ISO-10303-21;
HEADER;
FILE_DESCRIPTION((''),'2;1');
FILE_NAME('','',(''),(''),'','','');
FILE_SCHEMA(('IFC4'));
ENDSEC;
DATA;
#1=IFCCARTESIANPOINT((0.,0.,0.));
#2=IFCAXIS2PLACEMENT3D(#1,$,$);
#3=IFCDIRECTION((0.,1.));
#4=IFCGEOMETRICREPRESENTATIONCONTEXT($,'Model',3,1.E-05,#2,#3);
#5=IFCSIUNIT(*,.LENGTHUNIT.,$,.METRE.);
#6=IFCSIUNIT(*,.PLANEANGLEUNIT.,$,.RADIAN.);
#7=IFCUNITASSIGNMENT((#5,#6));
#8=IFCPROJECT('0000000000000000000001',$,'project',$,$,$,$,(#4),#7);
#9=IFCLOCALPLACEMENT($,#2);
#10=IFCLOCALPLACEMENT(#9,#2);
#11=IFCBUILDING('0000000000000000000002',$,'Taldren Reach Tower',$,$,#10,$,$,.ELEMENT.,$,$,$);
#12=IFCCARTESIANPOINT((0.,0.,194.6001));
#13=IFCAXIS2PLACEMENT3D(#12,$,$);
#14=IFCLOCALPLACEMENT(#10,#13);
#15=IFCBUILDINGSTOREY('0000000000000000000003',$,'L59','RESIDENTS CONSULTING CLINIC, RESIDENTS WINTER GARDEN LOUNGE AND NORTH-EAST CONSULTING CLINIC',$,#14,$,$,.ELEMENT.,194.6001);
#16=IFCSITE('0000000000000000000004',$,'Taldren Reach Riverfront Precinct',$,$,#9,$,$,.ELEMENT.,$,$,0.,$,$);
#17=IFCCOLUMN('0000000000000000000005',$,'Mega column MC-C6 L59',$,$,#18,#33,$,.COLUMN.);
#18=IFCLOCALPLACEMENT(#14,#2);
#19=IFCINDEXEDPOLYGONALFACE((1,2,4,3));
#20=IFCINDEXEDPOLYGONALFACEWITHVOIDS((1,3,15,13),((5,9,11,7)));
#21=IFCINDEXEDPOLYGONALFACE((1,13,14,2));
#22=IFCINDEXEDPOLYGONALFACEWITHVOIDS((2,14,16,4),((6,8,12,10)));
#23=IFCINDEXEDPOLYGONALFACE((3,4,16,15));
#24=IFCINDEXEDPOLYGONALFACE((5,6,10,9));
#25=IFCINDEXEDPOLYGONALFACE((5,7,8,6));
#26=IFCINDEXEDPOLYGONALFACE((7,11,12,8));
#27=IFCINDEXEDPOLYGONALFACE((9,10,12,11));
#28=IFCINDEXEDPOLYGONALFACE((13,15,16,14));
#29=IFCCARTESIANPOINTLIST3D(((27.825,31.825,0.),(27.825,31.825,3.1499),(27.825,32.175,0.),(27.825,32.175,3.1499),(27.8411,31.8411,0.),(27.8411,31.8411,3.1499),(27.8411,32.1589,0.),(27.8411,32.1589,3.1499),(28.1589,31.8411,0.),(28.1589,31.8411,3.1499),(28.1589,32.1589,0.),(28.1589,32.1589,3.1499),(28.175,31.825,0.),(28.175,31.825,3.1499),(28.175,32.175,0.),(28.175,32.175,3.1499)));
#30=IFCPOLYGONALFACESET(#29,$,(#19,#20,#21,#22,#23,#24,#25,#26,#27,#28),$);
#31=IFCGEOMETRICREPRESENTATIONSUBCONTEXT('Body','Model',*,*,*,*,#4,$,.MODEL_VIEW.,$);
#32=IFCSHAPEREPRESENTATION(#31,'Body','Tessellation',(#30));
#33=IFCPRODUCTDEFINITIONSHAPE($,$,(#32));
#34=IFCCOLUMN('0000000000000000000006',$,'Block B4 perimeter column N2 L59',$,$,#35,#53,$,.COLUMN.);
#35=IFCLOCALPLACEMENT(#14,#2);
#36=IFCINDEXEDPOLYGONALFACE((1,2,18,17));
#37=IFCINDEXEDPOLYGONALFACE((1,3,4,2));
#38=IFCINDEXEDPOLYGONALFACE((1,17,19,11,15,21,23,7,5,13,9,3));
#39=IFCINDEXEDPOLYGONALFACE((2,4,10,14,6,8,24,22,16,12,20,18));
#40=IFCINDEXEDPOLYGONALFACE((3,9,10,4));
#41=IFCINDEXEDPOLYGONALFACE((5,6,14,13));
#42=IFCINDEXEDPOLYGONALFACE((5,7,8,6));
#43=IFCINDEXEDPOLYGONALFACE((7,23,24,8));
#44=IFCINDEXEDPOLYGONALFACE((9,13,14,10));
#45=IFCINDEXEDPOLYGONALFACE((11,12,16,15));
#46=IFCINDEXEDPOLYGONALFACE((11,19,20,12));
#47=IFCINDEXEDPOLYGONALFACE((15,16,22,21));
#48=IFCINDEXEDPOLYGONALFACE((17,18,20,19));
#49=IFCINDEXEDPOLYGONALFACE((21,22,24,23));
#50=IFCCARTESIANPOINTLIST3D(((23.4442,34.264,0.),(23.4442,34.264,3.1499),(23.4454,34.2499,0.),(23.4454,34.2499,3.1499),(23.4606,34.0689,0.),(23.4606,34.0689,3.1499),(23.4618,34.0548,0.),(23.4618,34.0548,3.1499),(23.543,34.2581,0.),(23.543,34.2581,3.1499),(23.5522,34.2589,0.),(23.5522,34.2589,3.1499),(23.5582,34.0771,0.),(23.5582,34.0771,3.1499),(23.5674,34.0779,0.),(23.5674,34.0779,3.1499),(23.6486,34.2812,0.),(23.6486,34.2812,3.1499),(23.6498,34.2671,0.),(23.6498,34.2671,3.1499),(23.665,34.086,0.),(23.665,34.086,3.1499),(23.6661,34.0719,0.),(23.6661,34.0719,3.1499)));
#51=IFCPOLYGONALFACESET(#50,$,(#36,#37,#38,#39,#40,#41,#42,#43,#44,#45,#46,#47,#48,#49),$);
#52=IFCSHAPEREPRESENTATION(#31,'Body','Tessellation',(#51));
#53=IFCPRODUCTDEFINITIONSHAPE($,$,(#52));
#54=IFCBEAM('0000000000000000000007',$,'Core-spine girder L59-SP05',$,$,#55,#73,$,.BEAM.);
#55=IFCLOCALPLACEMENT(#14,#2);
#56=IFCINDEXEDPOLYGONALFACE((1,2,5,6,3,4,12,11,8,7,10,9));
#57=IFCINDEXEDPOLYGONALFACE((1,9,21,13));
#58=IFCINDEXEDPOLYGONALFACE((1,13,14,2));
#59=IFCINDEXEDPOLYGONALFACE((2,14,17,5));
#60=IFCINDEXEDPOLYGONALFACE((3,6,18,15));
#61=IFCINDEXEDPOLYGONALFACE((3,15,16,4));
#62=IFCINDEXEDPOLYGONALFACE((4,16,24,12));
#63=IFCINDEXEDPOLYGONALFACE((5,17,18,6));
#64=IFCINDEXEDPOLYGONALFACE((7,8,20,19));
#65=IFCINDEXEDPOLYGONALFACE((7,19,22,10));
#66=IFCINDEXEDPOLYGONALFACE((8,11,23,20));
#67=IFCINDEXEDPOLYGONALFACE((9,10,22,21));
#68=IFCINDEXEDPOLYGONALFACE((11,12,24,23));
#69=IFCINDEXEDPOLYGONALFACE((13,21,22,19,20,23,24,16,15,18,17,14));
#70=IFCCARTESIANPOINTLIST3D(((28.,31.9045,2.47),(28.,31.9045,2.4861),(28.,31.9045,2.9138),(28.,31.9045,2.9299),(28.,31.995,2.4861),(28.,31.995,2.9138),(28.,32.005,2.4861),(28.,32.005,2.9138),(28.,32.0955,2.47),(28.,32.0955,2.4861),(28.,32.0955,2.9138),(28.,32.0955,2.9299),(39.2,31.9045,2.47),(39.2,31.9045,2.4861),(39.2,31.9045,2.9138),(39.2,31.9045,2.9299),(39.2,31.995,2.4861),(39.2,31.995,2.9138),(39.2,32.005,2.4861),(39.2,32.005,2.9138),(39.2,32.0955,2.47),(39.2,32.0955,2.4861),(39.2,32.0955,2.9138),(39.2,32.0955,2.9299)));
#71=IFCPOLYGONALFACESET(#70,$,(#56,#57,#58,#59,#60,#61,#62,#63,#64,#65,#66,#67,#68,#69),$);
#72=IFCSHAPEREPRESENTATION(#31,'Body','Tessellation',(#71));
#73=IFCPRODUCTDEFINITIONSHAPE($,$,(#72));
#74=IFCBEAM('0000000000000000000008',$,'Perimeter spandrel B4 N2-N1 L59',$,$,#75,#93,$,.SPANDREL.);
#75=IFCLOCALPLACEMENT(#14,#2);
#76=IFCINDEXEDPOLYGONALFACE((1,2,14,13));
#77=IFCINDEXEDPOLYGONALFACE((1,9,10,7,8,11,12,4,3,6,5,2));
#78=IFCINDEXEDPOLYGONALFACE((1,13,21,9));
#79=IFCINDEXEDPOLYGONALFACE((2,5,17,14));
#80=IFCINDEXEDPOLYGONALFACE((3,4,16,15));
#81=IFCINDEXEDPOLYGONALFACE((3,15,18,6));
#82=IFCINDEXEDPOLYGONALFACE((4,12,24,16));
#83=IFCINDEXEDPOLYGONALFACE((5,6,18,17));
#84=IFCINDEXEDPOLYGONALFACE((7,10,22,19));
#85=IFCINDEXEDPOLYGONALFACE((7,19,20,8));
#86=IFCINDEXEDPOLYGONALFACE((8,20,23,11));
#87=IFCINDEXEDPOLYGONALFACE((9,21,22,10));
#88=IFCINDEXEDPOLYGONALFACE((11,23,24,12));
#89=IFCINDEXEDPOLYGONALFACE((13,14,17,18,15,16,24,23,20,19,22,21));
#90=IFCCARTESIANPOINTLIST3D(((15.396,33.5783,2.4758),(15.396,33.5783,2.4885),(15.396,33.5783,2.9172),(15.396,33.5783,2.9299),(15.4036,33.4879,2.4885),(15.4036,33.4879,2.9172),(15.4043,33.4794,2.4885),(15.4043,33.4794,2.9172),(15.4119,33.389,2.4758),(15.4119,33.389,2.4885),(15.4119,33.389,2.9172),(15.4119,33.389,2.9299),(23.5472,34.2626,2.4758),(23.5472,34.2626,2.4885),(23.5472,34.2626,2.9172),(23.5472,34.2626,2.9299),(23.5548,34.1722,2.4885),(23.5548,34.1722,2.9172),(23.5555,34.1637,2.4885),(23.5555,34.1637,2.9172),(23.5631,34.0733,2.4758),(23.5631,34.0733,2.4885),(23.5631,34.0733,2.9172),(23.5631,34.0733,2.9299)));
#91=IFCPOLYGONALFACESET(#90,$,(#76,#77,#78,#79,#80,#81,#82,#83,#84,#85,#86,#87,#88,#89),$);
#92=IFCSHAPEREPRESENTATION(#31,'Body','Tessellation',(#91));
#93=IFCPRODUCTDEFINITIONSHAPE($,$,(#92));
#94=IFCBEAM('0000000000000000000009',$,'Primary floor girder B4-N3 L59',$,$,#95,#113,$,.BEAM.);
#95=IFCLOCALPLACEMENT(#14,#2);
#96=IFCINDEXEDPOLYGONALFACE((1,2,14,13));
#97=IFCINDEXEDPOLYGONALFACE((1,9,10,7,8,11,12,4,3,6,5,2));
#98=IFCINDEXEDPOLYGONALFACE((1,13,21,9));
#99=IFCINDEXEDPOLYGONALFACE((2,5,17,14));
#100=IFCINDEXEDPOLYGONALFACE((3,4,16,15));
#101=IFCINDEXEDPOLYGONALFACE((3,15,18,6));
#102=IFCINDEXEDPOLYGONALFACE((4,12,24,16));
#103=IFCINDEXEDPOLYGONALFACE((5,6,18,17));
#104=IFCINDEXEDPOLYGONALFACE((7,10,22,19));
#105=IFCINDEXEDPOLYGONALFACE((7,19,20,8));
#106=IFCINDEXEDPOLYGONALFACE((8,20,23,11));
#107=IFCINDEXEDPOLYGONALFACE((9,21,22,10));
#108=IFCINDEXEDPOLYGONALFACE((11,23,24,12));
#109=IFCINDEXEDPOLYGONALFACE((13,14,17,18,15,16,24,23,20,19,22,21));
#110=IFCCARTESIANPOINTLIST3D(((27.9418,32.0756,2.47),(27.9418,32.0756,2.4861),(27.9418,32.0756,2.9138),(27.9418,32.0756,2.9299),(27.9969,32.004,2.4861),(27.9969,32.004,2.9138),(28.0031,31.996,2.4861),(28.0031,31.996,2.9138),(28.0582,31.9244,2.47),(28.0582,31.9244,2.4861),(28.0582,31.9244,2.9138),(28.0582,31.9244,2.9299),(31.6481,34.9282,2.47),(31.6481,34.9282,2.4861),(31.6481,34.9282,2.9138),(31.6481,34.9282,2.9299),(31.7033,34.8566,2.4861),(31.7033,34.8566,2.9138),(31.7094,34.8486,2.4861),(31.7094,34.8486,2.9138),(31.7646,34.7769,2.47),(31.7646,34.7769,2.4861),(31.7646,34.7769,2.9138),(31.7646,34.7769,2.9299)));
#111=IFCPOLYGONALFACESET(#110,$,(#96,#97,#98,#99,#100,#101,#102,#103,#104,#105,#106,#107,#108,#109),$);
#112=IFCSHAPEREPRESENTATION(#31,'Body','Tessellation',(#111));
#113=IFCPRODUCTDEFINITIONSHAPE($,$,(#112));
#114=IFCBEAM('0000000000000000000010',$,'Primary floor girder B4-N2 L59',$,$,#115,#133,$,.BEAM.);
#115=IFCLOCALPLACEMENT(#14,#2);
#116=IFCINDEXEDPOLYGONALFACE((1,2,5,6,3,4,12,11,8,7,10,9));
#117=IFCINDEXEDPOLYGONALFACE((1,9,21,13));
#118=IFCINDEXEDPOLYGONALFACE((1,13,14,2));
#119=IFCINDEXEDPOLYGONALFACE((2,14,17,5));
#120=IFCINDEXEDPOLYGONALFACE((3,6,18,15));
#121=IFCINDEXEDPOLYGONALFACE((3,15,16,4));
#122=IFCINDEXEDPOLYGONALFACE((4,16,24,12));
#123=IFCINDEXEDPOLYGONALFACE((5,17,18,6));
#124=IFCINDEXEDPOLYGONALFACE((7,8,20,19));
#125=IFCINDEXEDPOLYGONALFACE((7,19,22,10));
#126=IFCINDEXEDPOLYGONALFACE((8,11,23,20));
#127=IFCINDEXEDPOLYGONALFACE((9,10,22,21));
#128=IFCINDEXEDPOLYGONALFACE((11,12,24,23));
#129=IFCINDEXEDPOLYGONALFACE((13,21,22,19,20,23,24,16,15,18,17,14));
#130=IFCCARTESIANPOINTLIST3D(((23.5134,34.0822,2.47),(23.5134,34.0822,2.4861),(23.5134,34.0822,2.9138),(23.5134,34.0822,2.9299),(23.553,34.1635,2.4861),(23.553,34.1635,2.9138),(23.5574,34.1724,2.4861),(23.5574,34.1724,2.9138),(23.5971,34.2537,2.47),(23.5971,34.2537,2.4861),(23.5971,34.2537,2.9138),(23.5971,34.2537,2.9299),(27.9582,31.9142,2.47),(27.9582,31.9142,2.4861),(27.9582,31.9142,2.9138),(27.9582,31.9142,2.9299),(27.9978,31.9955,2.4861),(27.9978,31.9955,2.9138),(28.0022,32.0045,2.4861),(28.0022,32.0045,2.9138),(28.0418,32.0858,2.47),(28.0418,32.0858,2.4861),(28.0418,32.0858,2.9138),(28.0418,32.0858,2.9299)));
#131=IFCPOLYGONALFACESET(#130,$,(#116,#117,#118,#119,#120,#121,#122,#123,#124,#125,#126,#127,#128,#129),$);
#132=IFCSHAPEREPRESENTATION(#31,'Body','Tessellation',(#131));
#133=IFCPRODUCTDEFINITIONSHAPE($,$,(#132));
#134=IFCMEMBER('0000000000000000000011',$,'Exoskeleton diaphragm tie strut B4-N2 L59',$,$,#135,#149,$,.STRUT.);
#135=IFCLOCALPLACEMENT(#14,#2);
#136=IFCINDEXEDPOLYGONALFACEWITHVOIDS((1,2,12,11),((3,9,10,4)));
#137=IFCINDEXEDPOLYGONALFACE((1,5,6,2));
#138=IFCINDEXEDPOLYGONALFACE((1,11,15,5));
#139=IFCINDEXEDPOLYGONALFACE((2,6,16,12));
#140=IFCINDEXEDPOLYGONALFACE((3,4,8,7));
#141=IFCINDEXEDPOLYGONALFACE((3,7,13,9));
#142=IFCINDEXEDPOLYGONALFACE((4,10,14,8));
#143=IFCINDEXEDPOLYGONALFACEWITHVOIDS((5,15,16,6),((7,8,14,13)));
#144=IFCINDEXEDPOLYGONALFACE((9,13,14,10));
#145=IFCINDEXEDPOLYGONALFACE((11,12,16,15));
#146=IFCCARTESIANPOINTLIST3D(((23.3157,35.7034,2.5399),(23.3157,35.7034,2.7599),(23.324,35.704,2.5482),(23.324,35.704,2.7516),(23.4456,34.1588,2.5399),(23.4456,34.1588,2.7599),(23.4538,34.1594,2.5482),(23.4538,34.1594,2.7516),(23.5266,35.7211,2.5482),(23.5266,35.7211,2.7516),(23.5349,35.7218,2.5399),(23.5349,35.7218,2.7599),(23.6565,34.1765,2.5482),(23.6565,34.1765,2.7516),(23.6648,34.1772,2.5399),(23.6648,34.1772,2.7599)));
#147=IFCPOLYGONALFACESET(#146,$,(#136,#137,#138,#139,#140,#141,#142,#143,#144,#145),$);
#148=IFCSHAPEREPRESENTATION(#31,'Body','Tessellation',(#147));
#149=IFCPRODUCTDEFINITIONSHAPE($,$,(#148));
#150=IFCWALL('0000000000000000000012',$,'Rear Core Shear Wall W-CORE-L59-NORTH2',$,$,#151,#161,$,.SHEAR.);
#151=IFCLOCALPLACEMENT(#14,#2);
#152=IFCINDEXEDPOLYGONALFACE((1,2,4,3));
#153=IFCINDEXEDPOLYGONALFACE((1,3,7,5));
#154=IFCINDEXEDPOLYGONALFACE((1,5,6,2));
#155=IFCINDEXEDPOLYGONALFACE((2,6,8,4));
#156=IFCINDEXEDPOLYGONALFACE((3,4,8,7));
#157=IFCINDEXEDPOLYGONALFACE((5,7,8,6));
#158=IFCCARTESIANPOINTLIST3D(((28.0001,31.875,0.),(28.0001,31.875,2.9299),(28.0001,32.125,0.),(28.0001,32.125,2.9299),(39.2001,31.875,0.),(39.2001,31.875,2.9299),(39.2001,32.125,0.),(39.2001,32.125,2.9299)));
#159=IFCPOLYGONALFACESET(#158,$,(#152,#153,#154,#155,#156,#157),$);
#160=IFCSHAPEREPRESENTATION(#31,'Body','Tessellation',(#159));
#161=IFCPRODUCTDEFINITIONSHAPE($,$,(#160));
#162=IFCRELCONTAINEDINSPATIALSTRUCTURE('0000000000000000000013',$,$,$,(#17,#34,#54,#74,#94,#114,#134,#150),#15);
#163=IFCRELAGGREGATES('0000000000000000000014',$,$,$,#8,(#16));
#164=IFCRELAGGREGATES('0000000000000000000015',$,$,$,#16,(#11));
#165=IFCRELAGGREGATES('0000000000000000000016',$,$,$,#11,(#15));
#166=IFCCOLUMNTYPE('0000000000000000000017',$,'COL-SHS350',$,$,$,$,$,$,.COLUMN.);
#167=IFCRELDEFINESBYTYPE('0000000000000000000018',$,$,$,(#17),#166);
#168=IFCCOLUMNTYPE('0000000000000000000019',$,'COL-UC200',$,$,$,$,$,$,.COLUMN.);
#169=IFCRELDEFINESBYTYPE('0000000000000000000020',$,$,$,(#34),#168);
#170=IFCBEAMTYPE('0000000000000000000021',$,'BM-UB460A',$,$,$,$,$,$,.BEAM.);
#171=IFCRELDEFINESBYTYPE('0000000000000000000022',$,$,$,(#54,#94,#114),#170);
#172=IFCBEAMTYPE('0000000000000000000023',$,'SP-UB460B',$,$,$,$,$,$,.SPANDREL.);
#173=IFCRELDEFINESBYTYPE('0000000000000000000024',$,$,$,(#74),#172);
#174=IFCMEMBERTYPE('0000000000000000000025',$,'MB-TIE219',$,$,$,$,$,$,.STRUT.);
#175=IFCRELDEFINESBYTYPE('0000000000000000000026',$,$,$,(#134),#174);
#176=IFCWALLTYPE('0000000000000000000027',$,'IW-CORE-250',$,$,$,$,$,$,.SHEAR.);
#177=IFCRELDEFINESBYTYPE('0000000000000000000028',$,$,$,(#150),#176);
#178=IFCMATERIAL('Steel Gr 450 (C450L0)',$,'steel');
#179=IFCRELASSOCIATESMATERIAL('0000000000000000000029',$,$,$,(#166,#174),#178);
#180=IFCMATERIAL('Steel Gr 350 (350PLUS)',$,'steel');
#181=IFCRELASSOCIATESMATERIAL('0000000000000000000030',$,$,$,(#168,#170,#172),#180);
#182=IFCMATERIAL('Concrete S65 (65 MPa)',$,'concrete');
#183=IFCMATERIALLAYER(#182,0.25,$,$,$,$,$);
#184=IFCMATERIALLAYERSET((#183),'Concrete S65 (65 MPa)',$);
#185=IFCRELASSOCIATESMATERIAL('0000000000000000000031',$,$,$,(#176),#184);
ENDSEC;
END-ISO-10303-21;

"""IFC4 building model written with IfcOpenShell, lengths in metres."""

from ifc_helpers import new_model, si_unit, direction, frame, frame_2d, origin, origin_2d, place, context, subcontext, project, spatial, rectangle, hollow_rectangle, i_section, extrude, source, transform, mapped, material, layer, layer_set, material_profile, profile_set, type_object, element, save


model = new_model("IFC4")

# Units and contexts
model_context = context("Model", 3, precision=1e-05, world=origin(), true_north=direction((0.0, 1.0)))
body_context = subcontext(model_context, "Body", "Model", "MODEL_VIEW")
ifc_project = project(units=[si_unit("LENGTHUNIT", "METRE"), si_unit("PLANEANGLEUNIT", "RADIAN")], contexts=[model_context])

# Site, building, storey
site_placement = place(None, origin())
site = spatial("IfcSite", under=ifc_project, at=site_placement, Name="Taldren Reach Riverfront Precinct", CompositionType="ELEMENT", RefElevation=0.0)
building_placement = place(site_placement, origin())
building = spatial("IfcBuilding", under=site, at=building_placement, Name="Taldren Reach Tower", CompositionType="ELEMENT")
storey_placement = place(building_placement, frame((0.0, 0.0, 194.6001)))
storey = spatial("IfcBuildingStorey", under=building, at=storey_placement, Name="L59", Description="RESIDENTS CONSULTING CLINIC, RESIDENTS WINTER GARDEN LOUNGE AND NORTH-EAST CONSULTING CLINIC", CompositionType="ELEMENT", Elevation=194.6001)

# Columns
ifc_material_1 = material(Name="Steel Gr 450 (C450L0)", Category="steel")
ifc_material_profile_1 = material_profile(ifc_material_1, hollow_rectangle(XDim=0.3501, YDim=0.3501, WallThickness=0.0161, at=origin_2d()), Name="350x350x16.0SHS")
ifc_profile_set_1 = profile_set([ifc_material_profile_1], Name="Steel Gr 450 (C450L0)")
column_type_1 = type_object("IfcColumnType", Name="COL-SHS350", PredefinedType="COLUMN", material=ifc_profile_set_1)
shared_shape_1 = source(origin(), body_context, "Body", "SweptSolid", [
    extrude(hollow_rectangle(XDim=0.3501, YDim=0.3501, WallThickness=0.0161, at=origin_2d()), origin(), (0.0, 0.0, 1.0), 3.1499),
])
column_1_placement = place(storey_placement, frame((28.0, 32.0, 0.0), z_axis=(0.0, 0.0, 1.0), x_axis=(1.0, 0.0, 0.0)))
element("IfcColumn", 1, at=column_1_placement, inside=storey, type_object=column_type_1, Name="Mega column MC-C6 L59", PredefinedType="COLUMN", context=body_context, shape_type="MappedRepresentation", body=[
    mapped(shared_shape_1, transform((0.0, 0.0, 0.0), scale=1.0)),
])
ifc_material_2 = material(Name="Steel Gr 350 (350PLUS)", Category="steel")
ifc_material_profile_2 = material_profile(ifc_material_2, i_section(OverallWidth=0.2051, OverallDepth=0.21, WebThickness=0.0093, FlangeThickness=0.0142, at=origin_2d()), Name="200UC59.5")
ifc_profile_set_2 = profile_set([ifc_material_profile_2], Name="Steel Gr 350 (350PLUS)")
column_type_2 = type_object("IfcColumnType", Name="COL-UC200", PredefinedType="COLUMN", material=ifc_profile_set_2)
shared_shape_2 = source(origin(), body_context, "Body", "SweptSolid", [
    extrude(i_section(OverallWidth=0.2051, OverallDepth=0.21, WebThickness=0.0093, FlangeThickness=0.0142, at=origin_2d()), origin(), (0.0, 0.0, 1.0), 3.1499),
])
column_2_placement = place(storey_placement, frame((23.5552, 34.168, 0.0), z_axis=(0.0, 0.0, 1.0), x_axis=(0.996493, 0.083678, 0.0)))
element("IfcColumn", 2, at=column_2_placement, inside=storey, type_object=column_type_2, Name="Block B4 perimeter column N2 L59", PredefinedType="COLUMN", context=body_context, shape_type="MappedRepresentation", body=[
    mapped(shared_shape_2, transform((0.0, 0.0, 0.0), scale=1.0)),
])

# Beams
ifc_material_profile_3 = material_profile(ifc_material_2, i_section(OverallWidth=0.1909, OverallDepth=0.46, WebThickness=0.01, FlangeThickness=0.0161, at=origin_2d()), Name="460UB82.1")
ifc_profile_set_3 = profile_set([ifc_material_profile_3], Name="Steel Gr 350 (350PLUS)")
beam_type_1 = type_object("IfcBeamType", Name="BM-UB460A", PredefinedType="BEAM", material=ifc_profile_set_3)
shared_shape_3 = source(origin(), body_context, "Body", "SweptSolid", [
    extrude(i_section(OverallWidth=0.1909, OverallDepth=0.46, WebThickness=0.01, FlangeThickness=0.0161, at=origin_2d()), origin(), (0.0, 0.0, 1.0), 11.2),
])
beam_1_placement = place(storey_placement, frame((28.0, 32.0, 2.7), z_axis=(1.0, 0.0, 0.0), x_axis=(0.0, 1.0, 0.0)))
element("IfcBeam", 3, at=beam_1_placement, inside=storey, type_object=beam_type_1, Name="Core-spine girder L59-SP05", PredefinedType="BEAM", context=body_context, shape_type="MappedRepresentation", body=[
    mapped(shared_shape_3, transform((0.0, 0.0, 0.0), scale=1.0)),
])
ifc_material_profile_4 = material_profile(ifc_material_2, i_section(OverallWidth=0.1899, OverallDepth=0.4541, WebThickness=0.0085, FlangeThickness=0.0127, at=origin_2d()), Name="460UB67.1")
ifc_profile_set_4 = profile_set([ifc_material_profile_4], Name="Steel Gr 350 (350PLUS)")
beam_type_2 = type_object("IfcBeamType", Name="SP-UB460B", PredefinedType="SPANDREL", material=ifc_profile_set_4)
shared_shape_4 = source(origin(), body_context, "Body", "SweptSolid", [
    extrude(i_section(OverallWidth=0.1899, OverallDepth=0.4541, WebThickness=0.0085, FlangeThickness=0.0127, at=origin_2d()), origin(), (0.0, 0.0, 1.0), 8.1799),
])
beam_2_placement = place(storey_placement, frame((23.5552, 34.168, 2.7029), z_axis=(-0.996495, -0.083658, 0.0), x_axis=(0.083658, -0.996495, 0.0)))
element("IfcBeam", 4, at=beam_2_placement, inside=storey, type_object=beam_type_2, Name="Perimeter spandrel B4 N2-N1 L59", PredefinedType="SPANDREL", context=body_context, shape_type="MappedRepresentation", body=[
    mapped(shared_shape_4, transform((0.0, 0.0, 0.0), scale=1.0)),
])
shared_shape_5 = source(origin(), body_context, "Body", "SweptSolid", [
    extrude(i_section(OverallWidth=0.1909, OverallDepth=0.46, WebThickness=0.01, FlangeThickness=0.0161, at=origin_2d()), origin(), (0.0, 0.0, 1.0), 4.677),
])
beam_3_placement = place(storey_placement, frame((28.0, 32.0, 2.7), z_axis=(0.792465, 0.609918, 0.0), x_axis=(-0.609918, 0.792465, 0.0)))
element("IfcBeam", 5, at=beam_3_placement, inside=storey, type_object=beam_type_1, Name="Primary floor girder B4-N3 L59", PredefinedType="BEAM", context=body_context, shape_type="MappedRepresentation", body=[
    mapped(shared_shape_5, transform((0.0, 0.0, 0.0), scale=1.0)),
])
shared_shape_6 = source(origin(), body_context, "Body", "SweptSolid", [
    extrude(i_section(OverallWidth=0.1909, OverallDepth=0.46, WebThickness=0.01, FlangeThickness=0.0161, at=origin_2d()), origin(), (0.0, 0.0, 1.0), 4.9453),
])
beam_4_placement = place(storey_placement, frame((28.0, 32.0, 2.7), z_axis=(-0.898787, 0.438385, 0.0), x_axis=(-0.438385, -0.898787, 0.0)))
element("IfcBeam", 6, at=beam_4_placement, inside=storey, type_object=beam_type_1, Name="Primary floor girder B4-N2 L59", PredefinedType="BEAM", context=body_context, shape_type="MappedRepresentation", body=[
    mapped(shared_shape_6, transform((0.0, 0.0, 0.0), scale=1.0)),
])

# Member
ifc_material_profile_5 = material_profile(ifc_material_1, hollow_rectangle(XDim=0.22, YDim=0.22, WallThickness=0.0083, at=origin_2d()), Name="220x220x8.2SHS")
ifc_profile_set_5 = profile_set([ifc_material_profile_5], Name="Steel Gr 450 (C450L0)")
member_type = type_object("IfcMemberType", Name="MB-TIE219", PredefinedType="STRUT", material=ifc_profile_set_5)
shared_shape_7 = source(origin(), body_context, "Body", "SweptSolid", [
    extrude(hollow_rectangle(XDim=0.22, YDim=0.22, WallThickness=0.0083, at=origin_2d()), origin(), (0.0, 0.0, 1.0), 1.55),
])
member_placement = place(storey_placement, frame((23.5552, 34.168, 2.6499), z_axis=(-0.083788, 0.996484, 0.0), x_axis=(-0.996484, -0.083788, 0.0)))
element("IfcMember", 7, at=member_placement, inside=storey, type_object=member_type, Name="Exoskeleton diaphragm tie strut B4-N2 L59", PredefinedType="STRUT", context=body_context, shape_type="MappedRepresentation", body=[
    mapped(shared_shape_7, transform((0.0, 0.0, 0.0), scale=1.0)),
])

# Wall
ifc_material_3 = material(Name="Concrete S65 (65 MPa)", Category="concrete")
ifc_layer_1 = layer(ifc_material_3, 0.25)
ifc_layer_set_1 = layer_set([ifc_layer_1], Name="Concrete S65 (65 MPa)")
wall_type_1 = type_object("IfcWallType", Name="IW-CORE-250", PredefinedType="SHEAR", material=ifc_layer_set_1)
shared_shape_8 = source(origin(), body_context, "Body", "SweptSolid", [
    extrude(rectangle(XDim=11.2, YDim=0.25, at=frame_2d((5.6001, 0.0))), origin(), (0.0, 0.0, 1.0), 2.9299),
])
wall_1_placement = place(storey_placement, frame((28.0, 32.0, 0.0), z_axis=(0.0, 0.0, 1.0), x_axis=(1.0, 0.0, 0.0)))
element("IfcWall", 8, at=wall_1_placement, inside=storey, type_object=wall_type_1, Name="Rear Core Shear Wall W-CORE-L59-NORTH2", PredefinedType="SHEAR", context=body_context, shape_type="MappedRepresentation", body=[
    mapped(shared_shape_8, transform((0.0, 0.0, 0.0), scale=1.0)),
])

save(model, "model.ifc")
